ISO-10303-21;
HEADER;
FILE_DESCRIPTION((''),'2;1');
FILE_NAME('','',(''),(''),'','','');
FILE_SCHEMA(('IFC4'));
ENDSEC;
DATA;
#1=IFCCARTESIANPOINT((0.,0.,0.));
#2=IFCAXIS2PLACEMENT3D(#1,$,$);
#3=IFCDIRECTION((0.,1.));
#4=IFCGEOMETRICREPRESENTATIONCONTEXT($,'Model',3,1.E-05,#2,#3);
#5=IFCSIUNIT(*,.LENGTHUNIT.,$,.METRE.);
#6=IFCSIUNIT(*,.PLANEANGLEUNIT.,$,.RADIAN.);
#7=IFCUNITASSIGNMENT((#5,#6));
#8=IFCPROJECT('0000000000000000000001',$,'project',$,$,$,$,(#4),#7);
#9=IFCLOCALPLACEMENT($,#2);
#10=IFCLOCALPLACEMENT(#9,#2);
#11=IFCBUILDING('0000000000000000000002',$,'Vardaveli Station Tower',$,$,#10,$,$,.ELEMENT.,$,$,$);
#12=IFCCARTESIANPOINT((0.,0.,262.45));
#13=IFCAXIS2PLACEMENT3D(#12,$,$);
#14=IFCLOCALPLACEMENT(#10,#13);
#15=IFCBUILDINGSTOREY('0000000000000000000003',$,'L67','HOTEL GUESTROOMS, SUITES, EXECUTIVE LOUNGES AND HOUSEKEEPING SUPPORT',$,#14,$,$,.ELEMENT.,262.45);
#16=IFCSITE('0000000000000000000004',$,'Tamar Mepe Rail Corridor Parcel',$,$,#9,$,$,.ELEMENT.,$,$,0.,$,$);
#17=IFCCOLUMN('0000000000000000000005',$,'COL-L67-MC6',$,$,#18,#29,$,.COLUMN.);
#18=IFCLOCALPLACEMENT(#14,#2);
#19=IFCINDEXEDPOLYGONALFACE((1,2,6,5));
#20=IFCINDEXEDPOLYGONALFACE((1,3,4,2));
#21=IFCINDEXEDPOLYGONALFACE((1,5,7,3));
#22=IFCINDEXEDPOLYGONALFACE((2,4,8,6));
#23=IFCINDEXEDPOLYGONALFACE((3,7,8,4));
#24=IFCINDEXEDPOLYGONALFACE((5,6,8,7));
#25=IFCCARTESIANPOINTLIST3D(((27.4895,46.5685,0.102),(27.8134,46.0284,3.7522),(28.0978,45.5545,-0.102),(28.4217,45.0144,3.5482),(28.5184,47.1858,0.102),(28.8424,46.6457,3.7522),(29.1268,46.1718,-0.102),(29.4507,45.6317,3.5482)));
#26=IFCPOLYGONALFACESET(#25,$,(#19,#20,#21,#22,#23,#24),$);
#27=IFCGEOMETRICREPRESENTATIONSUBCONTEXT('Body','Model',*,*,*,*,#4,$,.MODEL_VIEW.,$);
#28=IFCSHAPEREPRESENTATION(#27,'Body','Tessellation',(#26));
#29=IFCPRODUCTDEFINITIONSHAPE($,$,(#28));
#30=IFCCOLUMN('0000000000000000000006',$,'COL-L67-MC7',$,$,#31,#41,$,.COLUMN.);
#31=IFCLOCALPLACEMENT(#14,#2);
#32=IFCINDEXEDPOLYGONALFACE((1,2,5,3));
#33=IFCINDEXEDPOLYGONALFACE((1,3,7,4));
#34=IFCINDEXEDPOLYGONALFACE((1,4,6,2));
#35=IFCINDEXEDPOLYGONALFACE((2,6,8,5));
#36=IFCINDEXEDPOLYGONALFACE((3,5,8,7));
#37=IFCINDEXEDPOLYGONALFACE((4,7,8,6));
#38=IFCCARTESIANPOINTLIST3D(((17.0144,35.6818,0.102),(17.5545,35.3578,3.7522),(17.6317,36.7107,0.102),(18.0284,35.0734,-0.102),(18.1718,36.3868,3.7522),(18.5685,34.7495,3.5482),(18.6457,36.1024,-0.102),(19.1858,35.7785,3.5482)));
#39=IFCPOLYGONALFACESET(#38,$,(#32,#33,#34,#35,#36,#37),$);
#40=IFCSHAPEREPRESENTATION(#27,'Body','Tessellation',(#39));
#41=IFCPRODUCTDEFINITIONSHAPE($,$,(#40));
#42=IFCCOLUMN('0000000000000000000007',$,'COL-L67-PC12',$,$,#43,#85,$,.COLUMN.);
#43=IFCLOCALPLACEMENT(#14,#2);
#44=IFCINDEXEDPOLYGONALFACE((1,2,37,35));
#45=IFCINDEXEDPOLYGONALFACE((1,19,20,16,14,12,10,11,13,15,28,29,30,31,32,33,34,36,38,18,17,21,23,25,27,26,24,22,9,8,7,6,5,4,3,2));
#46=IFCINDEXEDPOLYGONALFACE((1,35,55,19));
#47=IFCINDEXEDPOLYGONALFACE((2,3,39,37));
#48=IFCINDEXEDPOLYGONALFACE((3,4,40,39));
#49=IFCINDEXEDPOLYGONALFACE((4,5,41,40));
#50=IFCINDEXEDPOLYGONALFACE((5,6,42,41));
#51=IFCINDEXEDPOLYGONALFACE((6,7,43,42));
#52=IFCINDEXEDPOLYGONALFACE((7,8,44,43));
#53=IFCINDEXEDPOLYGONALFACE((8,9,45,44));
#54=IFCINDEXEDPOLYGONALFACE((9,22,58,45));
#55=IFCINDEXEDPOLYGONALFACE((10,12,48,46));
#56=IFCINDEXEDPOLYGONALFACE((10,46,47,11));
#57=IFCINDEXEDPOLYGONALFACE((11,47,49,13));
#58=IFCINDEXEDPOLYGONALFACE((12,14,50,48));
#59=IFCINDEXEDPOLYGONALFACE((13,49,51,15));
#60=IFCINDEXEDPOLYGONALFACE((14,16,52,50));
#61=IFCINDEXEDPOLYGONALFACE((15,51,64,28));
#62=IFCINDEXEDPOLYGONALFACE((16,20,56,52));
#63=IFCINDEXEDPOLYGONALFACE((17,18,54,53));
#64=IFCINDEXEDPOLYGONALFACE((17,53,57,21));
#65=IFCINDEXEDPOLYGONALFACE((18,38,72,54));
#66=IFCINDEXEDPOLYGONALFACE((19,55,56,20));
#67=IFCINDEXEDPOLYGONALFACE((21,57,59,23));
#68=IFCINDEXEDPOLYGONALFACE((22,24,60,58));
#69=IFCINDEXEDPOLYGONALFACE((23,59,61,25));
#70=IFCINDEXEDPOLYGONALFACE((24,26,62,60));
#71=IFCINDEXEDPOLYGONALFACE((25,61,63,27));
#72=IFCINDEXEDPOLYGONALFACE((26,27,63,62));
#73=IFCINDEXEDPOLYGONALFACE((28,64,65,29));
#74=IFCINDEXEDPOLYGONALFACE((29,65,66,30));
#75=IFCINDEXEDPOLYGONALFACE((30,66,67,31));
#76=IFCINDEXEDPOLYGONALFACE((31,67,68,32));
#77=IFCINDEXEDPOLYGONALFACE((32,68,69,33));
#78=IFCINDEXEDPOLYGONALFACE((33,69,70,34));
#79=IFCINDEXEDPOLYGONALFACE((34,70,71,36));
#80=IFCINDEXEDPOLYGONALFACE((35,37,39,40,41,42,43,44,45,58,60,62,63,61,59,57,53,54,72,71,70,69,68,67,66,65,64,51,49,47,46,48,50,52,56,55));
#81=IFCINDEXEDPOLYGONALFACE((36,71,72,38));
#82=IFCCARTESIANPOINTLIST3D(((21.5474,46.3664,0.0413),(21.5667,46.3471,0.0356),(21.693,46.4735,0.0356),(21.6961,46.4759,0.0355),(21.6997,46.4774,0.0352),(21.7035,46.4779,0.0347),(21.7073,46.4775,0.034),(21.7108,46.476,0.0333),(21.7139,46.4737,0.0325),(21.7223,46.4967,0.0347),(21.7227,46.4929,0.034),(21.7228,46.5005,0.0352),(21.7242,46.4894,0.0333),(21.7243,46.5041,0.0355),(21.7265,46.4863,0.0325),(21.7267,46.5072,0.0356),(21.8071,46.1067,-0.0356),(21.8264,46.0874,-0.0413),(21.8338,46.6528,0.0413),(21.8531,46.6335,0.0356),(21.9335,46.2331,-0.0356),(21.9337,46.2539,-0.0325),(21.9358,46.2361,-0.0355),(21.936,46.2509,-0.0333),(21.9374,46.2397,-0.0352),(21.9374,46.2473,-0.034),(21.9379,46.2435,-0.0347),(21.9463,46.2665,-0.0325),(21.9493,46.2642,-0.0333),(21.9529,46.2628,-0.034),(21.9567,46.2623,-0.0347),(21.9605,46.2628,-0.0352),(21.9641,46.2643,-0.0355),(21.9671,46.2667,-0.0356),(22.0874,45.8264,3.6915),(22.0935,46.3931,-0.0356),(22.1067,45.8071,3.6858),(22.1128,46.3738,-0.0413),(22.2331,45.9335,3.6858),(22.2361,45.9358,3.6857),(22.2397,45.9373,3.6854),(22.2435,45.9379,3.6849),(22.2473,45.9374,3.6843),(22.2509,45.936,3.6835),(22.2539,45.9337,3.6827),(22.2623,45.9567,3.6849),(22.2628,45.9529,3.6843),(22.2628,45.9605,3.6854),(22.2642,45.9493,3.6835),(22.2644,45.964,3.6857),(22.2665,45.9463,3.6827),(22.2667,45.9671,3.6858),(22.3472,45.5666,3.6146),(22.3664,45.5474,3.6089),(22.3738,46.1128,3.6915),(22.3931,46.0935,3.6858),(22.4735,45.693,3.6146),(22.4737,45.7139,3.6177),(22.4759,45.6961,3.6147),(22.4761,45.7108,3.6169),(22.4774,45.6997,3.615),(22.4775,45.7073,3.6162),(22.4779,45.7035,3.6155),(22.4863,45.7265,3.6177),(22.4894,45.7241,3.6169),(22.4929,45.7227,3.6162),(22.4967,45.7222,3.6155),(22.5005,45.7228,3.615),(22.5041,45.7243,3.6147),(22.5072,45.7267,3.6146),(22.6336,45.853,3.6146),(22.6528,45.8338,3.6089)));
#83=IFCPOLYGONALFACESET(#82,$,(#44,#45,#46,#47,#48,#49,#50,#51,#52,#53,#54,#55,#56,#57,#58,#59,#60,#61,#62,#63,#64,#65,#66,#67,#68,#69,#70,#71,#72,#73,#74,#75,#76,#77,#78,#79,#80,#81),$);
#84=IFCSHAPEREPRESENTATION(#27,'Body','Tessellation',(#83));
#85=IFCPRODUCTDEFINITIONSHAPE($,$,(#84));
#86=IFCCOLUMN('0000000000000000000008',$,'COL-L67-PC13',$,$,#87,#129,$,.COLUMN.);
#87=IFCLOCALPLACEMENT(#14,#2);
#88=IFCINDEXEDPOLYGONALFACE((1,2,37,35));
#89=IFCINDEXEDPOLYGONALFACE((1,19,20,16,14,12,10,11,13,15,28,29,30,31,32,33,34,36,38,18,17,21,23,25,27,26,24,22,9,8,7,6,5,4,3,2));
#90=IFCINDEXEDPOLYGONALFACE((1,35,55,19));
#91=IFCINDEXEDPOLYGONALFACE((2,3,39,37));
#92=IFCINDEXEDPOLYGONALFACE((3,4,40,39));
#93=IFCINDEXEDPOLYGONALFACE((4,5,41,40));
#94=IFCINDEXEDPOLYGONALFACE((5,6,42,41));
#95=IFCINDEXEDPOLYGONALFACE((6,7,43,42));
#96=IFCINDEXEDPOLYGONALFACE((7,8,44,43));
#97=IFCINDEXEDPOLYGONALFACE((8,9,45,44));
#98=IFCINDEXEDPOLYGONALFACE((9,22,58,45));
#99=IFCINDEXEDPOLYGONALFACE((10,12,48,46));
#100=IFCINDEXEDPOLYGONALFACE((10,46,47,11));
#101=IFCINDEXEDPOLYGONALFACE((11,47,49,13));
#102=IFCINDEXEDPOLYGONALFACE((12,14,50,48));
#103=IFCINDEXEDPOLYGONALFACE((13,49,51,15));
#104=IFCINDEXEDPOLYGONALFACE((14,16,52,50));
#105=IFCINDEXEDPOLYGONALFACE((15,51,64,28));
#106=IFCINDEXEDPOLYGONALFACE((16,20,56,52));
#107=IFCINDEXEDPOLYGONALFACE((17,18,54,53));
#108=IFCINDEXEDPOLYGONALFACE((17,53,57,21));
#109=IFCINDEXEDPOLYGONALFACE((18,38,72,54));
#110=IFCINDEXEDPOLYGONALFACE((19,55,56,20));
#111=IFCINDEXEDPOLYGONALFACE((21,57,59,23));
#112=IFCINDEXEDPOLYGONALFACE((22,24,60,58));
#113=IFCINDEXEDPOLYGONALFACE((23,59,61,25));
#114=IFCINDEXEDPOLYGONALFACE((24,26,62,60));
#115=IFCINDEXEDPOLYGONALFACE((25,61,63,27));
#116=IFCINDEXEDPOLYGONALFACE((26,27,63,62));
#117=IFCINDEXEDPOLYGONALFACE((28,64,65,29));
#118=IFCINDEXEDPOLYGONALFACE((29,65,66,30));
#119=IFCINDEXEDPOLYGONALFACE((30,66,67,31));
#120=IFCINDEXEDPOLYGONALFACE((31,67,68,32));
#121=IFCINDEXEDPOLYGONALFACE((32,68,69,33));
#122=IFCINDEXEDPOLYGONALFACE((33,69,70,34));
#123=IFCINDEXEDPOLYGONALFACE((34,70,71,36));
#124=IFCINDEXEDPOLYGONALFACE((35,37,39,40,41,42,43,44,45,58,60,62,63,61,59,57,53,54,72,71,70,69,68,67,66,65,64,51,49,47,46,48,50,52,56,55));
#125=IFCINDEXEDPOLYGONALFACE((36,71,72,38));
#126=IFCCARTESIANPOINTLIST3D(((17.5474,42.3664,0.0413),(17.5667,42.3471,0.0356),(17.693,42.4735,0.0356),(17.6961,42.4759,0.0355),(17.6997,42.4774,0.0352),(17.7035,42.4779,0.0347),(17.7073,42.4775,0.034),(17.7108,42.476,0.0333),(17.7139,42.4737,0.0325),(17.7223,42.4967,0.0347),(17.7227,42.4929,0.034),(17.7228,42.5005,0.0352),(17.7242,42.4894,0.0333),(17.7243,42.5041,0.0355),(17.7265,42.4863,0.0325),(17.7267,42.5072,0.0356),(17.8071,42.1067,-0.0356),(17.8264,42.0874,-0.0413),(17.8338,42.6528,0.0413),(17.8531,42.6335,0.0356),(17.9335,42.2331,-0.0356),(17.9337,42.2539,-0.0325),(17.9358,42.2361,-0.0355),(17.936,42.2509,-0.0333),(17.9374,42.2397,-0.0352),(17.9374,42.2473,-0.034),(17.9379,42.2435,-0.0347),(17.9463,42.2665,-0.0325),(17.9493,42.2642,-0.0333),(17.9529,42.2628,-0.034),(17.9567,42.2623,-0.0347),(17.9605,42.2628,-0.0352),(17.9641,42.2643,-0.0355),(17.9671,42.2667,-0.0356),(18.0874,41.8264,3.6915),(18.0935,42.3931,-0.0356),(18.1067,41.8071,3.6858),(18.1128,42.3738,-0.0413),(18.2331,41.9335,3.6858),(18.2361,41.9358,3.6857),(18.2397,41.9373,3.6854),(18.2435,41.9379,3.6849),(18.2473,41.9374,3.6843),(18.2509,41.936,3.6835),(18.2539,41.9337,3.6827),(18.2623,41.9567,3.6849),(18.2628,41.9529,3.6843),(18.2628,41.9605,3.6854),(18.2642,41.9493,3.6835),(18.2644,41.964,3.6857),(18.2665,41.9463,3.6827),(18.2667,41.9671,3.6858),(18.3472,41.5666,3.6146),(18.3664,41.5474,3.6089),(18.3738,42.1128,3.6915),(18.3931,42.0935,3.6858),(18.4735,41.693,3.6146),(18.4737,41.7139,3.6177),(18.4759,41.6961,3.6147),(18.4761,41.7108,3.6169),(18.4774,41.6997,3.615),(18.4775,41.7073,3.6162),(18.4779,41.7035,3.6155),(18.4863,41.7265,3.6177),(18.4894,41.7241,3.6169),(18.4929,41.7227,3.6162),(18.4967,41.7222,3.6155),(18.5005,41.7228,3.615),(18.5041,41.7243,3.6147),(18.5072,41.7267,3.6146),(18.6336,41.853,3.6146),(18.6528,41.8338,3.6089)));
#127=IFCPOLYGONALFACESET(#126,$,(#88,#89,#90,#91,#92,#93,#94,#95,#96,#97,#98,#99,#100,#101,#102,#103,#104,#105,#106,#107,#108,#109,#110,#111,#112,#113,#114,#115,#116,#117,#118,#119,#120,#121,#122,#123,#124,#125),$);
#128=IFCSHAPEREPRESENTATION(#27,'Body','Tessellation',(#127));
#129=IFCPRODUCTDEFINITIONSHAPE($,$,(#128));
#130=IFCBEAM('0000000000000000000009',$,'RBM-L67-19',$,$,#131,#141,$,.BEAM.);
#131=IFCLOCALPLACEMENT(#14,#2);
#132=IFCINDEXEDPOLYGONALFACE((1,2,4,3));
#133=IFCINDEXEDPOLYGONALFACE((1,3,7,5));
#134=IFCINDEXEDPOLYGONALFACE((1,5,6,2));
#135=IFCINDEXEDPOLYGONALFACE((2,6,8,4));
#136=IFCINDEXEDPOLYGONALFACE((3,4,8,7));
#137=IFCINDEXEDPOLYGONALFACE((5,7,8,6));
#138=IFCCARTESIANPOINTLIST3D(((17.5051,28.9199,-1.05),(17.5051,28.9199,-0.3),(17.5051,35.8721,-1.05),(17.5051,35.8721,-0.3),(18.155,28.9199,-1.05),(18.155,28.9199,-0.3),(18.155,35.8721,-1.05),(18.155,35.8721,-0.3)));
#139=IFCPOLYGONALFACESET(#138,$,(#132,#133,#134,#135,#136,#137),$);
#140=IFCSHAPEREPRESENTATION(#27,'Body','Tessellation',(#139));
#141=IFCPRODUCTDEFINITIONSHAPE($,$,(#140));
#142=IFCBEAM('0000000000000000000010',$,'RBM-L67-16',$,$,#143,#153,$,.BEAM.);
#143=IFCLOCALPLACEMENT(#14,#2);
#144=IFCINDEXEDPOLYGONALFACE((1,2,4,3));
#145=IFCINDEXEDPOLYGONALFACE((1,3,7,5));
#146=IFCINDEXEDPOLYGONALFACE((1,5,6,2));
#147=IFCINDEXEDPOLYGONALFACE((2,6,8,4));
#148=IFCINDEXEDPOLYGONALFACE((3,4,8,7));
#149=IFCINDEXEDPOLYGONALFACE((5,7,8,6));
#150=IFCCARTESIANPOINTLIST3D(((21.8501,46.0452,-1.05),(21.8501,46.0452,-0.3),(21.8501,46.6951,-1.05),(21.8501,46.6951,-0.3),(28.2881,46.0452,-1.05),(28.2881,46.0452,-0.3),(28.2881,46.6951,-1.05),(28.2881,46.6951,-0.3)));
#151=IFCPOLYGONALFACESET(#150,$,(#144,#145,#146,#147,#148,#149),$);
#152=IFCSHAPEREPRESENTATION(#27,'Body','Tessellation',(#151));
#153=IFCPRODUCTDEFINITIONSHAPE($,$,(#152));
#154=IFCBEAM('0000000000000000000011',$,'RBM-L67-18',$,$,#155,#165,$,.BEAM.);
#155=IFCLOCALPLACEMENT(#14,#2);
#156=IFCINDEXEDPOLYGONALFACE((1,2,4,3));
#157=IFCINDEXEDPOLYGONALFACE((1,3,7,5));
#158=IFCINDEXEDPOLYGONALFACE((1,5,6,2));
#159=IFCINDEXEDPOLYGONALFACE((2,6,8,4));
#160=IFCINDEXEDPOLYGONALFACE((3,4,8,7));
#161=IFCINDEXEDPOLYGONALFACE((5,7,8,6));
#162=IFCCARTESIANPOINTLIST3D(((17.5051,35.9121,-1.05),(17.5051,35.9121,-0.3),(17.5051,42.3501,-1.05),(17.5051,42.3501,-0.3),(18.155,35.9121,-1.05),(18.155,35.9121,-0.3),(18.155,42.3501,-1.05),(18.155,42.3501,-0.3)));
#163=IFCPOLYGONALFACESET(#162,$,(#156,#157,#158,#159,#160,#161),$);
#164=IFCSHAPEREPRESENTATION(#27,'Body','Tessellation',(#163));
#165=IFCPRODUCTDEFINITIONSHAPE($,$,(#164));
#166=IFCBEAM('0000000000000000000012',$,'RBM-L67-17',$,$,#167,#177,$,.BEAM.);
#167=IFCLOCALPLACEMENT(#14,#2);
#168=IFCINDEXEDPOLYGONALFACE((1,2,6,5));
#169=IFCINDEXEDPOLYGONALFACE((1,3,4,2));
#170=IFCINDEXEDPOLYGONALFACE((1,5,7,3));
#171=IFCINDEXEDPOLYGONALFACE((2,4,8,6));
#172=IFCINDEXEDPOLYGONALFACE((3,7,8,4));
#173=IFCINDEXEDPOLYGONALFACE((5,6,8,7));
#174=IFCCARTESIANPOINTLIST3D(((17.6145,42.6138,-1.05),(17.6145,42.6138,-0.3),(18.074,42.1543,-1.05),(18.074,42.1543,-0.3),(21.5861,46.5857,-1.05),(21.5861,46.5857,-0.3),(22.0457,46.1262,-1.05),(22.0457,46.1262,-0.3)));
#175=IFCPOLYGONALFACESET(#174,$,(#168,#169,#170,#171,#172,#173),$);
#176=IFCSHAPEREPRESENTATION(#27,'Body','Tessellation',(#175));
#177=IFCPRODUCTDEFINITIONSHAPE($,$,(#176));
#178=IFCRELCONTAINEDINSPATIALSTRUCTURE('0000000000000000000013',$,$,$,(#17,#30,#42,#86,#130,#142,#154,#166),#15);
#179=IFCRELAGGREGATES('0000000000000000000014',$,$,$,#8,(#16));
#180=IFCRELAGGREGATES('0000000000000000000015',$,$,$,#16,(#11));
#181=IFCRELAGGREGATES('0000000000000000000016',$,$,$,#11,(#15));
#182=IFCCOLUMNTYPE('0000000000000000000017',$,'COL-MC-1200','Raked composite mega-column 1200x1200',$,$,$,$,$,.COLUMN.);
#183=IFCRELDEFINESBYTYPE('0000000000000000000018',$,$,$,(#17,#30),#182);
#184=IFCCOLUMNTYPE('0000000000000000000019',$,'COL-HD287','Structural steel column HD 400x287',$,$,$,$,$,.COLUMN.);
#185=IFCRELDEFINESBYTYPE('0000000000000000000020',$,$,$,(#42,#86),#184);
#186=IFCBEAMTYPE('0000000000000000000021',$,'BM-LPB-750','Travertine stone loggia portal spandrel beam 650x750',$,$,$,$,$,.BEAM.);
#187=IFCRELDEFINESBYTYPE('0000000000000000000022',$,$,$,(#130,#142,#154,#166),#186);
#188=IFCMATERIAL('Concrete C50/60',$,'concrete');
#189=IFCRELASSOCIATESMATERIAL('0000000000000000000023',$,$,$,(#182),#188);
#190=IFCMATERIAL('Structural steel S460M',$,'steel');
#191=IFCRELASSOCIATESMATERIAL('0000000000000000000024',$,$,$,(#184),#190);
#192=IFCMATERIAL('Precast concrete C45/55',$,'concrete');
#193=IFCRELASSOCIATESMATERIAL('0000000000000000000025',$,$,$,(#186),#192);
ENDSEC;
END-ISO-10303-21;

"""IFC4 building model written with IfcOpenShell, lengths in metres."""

from ifc_helpers import new_model, si_unit, direction, frame, origin, origin_2d, place, context, subcontext, project, spatial, rectangle, i_section, extrude, source, transform, mapped, material, material_profile, profile_set, type_object, element, save


model = new_model("IFC4")

# Units and contexts
model_context = context("Model", 3, precision=1e-05, world=origin(), true_north=direction((0.0, 1.0)))
body_context = subcontext(model_context, "Body", "Model", "MODEL_VIEW")
ifc_project = project(units=[si_unit("LENGTHUNIT", "METRE"), si_unit("PLANEANGLEUNIT", "RADIAN")], contexts=[model_context])

# Site, building, storey
site_placement = place(None, origin())
site = spatial("IfcSite", under=ifc_project, at=site_placement, Name="Tamar Mepe Rail Corridor Parcel", CompositionType="ELEMENT", RefElevation=0.0)
building_placement = place(site_placement, origin())
building = spatial("IfcBuilding", under=site, at=building_placement, Name="Vardaveli Station Tower", CompositionType="ELEMENT")
storey_placement = place(building_placement, frame((0.0, 0.0, 262.45)))
storey = spatial("IfcBuildingStorey", under=building, at=storey_placement, Name="L67", Description="HOTEL GUESTROOMS, SUITES, EXECUTIVE LOUNGES AND HOUSEKEEPING SUPPORT", CompositionType="ELEMENT", Elevation=262.45)

# Columns
ifc_material_1 = material(Name="Concrete C50/60", Category="concrete")
ifc_material_profile_1 = material_profile(ifc_material_1, rectangle(XDim=1.2, YDim=1.2, at=origin_2d()), Name="MC 1200x1200")
ifc_profile_set_1 = profile_set([ifc_material_profile_1], Name="Concrete C50/60")
column_type_1 = type_object("IfcColumnType", Name="COL-MC-1200", Description="Raked composite mega-column 1200x1200", PredefinedType="COLUMN", material=ifc_profile_set_1)
shared_shape_1 = source(origin(), body_context, "Body", "SweptSolid", [
    extrude(rectangle(XDim=1.2, YDim=1.2, at=origin_2d()), origin(), (0.0, 0.0, 1.0), 3.7041),
])
for number, where, z_axis, x_axis, name in (
    (1, (28.3081, 46.3701, 0.0), (0.087464, -0.145796, 0.985441), (0.857527, 0.514439, 0.0), "COL-L67-MC6"),
    (2, (17.8301, 35.8921, 0.0), (0.145796, -0.087464, 0.985441), (0.514439, 0.857527, 0.0), "COL-L67-MC7"),
):
    element("IfcColumn", number, at=place(storey_placement, frame(where, z_axis=z_axis, x_axis=x_axis)), inside=storey, type_object=column_type_1, Name=name, PredefinedType="COLUMN", context=body_context, shape_type="MappedRepresentation", body=[
        mapped(shared_shape_1, transform((0.0, 0.0, 0.0), scale=1.0)),
    ])
ifc_material_2 = material(Name="Structural steel S460M", Category="steel")
ifc_material_profile_2 = material_profile(ifc_material_2, i_section(OverallWidth=0.405, OverallDepth=0.4031, WebThickness=0.0178, FlangeThickness=0.0278, FilletRadius=0.0149, at=origin_2d()), Name="HD 400x287")
ifc_profile_set_2 = profile_set([ifc_material_profile_2], Name="Structural steel S460M")
column_type_2 = type_object("IfcColumnType", Name="COL-HD287", Description="Structural steel column HD 400x287", PredefinedType="COLUMN", material=ifc_profile_set_2)
shared_shape_2 = source(origin(), body_context, "Body", "SweptSolid", [
    extrude(i_section(OverallWidth=0.405, OverallDepth=0.4031, WebThickness=0.0178, FlangeThickness=0.0278, FilletRadius=0.0149, at=origin_2d()), origin(), (0.0, 0.0, 1.0), 3.7292),
])
for number, where, z_axis, x_axis, name in (
    (3, (21.8301, 46.3701, 0.0), (0.144814, -0.144814, 0.978804), (0.707107, 0.707107, 0.0), "COL-L67-PC12"),
    (4, (17.8301, 42.3701, 0.0), (0.144814, -0.144814, 0.978804), (0.707107, 0.707107, 0.0), "COL-L67-PC13"),
):
    element("IfcColumn", number, at=place(storey_placement, frame(where, z_axis=z_axis, x_axis=x_axis)), inside=storey, type_object=column_type_2, Name=name, PredefinedType="COLUMN", context=body_context, shape_type="MappedRepresentation", body=[
        mapped(shared_shape_2, transform((0.0, 0.0, 0.0), scale=1.0)),
    ])

# Beams
ifc_material_3 = material(Name="Precast concrete C45/55", Category="concrete")
ifc_material_profile_3 = material_profile(ifc_material_3, rectangle(XDim=0.6499, YDim=0.75, at=origin_2d()), Name="LPB 650x750")
ifc_profile_set_3 = profile_set([ifc_material_profile_3], Name="Precast concrete C45/55")
beam_type_1 = type_object("IfcBeamType", Name="BM-LPB-750", Description="Travertine stone loggia portal spandrel beam 650x750", PredefinedType="BEAM", material=ifc_profile_set_3)
shared_shape_3 = source(origin(), body_context, "Body", "SweptSolid", [
    extrude(rectangle(XDim=0.6499, YDim=0.75, at=origin_2d()), origin(), (0.0, 0.0, 1.0), 6.9521),
])
beam_1_placement = place(storey_placement, frame((17.8301, 35.8721, -0.675), z_axis=(0.0, -1.0, 0.0), x_axis=(1.0, 0.0, 0.0)))
element("IfcBeam", 5, at=beam_1_placement, inside=storey, type_object=beam_type_1, Name="RBM-L67-19", PredefinedType="BEAM", context=body_context, shape_type="MappedRepresentation", body=[
    mapped(shared_shape_3, transform((0.0, 0.0, 0.0), scale=1.0)),
])
shared_shape_4 = source(origin(), body_context, "Body", "SweptSolid", [
    extrude(rectangle(XDim=0.6499, YDim=0.75, at=origin_2d()), origin(), (0.0, 0.0, 1.0), 6.438),
])
for number, where, z_axis, x_axis, name in (
    (6, (28.2881, 46.3701, -0.675), (-1.0, 0.0, 0.0), (0.0, -1.0, 0.0), "RBM-L67-16"),
    (7, (17.8301, 42.3501, -0.675), (0.0, -1.0, 0.0), (1.0, 0.0, 0.0), "RBM-L67-18"),
):
    element("IfcBeam", number, at=place(storey_placement, frame(where, z_axis=z_axis, x_axis=x_axis)), inside=storey, type_object=beam_type_1, Name=name, PredefinedType="BEAM", context=body_context, shape_type="MappedRepresentation", body=[
        mapped(shared_shape_4, transform((0.0, 0.0, 0.0), scale=1.0)),
    ])
shared_shape_5 = source(origin(), body_context, "Body", "SweptSolid", [
    extrude(rectangle(XDim=0.6499, YDim=0.75, at=origin_2d()), origin(), (0.0, 0.0, 1.0), 5.6169),
])
beam_2_placement = place(storey_placement, frame((21.8159, 46.356, -0.675), z_axis=(-0.707085, -0.707129, 0.0), x_axis=(0.707129, -0.707085, 0.0)))
element("IfcBeam", 8, at=beam_2_placement, inside=storey, type_object=beam_type_1, Name="RBM-L67-17", PredefinedType="BEAM", context=body_context, shape_type="MappedRepresentation", body=[
    mapped(shared_shape_5, transform((0.0, 0.0, 0.0), scale=1.0)),
])

save(model, "model.ifc")
